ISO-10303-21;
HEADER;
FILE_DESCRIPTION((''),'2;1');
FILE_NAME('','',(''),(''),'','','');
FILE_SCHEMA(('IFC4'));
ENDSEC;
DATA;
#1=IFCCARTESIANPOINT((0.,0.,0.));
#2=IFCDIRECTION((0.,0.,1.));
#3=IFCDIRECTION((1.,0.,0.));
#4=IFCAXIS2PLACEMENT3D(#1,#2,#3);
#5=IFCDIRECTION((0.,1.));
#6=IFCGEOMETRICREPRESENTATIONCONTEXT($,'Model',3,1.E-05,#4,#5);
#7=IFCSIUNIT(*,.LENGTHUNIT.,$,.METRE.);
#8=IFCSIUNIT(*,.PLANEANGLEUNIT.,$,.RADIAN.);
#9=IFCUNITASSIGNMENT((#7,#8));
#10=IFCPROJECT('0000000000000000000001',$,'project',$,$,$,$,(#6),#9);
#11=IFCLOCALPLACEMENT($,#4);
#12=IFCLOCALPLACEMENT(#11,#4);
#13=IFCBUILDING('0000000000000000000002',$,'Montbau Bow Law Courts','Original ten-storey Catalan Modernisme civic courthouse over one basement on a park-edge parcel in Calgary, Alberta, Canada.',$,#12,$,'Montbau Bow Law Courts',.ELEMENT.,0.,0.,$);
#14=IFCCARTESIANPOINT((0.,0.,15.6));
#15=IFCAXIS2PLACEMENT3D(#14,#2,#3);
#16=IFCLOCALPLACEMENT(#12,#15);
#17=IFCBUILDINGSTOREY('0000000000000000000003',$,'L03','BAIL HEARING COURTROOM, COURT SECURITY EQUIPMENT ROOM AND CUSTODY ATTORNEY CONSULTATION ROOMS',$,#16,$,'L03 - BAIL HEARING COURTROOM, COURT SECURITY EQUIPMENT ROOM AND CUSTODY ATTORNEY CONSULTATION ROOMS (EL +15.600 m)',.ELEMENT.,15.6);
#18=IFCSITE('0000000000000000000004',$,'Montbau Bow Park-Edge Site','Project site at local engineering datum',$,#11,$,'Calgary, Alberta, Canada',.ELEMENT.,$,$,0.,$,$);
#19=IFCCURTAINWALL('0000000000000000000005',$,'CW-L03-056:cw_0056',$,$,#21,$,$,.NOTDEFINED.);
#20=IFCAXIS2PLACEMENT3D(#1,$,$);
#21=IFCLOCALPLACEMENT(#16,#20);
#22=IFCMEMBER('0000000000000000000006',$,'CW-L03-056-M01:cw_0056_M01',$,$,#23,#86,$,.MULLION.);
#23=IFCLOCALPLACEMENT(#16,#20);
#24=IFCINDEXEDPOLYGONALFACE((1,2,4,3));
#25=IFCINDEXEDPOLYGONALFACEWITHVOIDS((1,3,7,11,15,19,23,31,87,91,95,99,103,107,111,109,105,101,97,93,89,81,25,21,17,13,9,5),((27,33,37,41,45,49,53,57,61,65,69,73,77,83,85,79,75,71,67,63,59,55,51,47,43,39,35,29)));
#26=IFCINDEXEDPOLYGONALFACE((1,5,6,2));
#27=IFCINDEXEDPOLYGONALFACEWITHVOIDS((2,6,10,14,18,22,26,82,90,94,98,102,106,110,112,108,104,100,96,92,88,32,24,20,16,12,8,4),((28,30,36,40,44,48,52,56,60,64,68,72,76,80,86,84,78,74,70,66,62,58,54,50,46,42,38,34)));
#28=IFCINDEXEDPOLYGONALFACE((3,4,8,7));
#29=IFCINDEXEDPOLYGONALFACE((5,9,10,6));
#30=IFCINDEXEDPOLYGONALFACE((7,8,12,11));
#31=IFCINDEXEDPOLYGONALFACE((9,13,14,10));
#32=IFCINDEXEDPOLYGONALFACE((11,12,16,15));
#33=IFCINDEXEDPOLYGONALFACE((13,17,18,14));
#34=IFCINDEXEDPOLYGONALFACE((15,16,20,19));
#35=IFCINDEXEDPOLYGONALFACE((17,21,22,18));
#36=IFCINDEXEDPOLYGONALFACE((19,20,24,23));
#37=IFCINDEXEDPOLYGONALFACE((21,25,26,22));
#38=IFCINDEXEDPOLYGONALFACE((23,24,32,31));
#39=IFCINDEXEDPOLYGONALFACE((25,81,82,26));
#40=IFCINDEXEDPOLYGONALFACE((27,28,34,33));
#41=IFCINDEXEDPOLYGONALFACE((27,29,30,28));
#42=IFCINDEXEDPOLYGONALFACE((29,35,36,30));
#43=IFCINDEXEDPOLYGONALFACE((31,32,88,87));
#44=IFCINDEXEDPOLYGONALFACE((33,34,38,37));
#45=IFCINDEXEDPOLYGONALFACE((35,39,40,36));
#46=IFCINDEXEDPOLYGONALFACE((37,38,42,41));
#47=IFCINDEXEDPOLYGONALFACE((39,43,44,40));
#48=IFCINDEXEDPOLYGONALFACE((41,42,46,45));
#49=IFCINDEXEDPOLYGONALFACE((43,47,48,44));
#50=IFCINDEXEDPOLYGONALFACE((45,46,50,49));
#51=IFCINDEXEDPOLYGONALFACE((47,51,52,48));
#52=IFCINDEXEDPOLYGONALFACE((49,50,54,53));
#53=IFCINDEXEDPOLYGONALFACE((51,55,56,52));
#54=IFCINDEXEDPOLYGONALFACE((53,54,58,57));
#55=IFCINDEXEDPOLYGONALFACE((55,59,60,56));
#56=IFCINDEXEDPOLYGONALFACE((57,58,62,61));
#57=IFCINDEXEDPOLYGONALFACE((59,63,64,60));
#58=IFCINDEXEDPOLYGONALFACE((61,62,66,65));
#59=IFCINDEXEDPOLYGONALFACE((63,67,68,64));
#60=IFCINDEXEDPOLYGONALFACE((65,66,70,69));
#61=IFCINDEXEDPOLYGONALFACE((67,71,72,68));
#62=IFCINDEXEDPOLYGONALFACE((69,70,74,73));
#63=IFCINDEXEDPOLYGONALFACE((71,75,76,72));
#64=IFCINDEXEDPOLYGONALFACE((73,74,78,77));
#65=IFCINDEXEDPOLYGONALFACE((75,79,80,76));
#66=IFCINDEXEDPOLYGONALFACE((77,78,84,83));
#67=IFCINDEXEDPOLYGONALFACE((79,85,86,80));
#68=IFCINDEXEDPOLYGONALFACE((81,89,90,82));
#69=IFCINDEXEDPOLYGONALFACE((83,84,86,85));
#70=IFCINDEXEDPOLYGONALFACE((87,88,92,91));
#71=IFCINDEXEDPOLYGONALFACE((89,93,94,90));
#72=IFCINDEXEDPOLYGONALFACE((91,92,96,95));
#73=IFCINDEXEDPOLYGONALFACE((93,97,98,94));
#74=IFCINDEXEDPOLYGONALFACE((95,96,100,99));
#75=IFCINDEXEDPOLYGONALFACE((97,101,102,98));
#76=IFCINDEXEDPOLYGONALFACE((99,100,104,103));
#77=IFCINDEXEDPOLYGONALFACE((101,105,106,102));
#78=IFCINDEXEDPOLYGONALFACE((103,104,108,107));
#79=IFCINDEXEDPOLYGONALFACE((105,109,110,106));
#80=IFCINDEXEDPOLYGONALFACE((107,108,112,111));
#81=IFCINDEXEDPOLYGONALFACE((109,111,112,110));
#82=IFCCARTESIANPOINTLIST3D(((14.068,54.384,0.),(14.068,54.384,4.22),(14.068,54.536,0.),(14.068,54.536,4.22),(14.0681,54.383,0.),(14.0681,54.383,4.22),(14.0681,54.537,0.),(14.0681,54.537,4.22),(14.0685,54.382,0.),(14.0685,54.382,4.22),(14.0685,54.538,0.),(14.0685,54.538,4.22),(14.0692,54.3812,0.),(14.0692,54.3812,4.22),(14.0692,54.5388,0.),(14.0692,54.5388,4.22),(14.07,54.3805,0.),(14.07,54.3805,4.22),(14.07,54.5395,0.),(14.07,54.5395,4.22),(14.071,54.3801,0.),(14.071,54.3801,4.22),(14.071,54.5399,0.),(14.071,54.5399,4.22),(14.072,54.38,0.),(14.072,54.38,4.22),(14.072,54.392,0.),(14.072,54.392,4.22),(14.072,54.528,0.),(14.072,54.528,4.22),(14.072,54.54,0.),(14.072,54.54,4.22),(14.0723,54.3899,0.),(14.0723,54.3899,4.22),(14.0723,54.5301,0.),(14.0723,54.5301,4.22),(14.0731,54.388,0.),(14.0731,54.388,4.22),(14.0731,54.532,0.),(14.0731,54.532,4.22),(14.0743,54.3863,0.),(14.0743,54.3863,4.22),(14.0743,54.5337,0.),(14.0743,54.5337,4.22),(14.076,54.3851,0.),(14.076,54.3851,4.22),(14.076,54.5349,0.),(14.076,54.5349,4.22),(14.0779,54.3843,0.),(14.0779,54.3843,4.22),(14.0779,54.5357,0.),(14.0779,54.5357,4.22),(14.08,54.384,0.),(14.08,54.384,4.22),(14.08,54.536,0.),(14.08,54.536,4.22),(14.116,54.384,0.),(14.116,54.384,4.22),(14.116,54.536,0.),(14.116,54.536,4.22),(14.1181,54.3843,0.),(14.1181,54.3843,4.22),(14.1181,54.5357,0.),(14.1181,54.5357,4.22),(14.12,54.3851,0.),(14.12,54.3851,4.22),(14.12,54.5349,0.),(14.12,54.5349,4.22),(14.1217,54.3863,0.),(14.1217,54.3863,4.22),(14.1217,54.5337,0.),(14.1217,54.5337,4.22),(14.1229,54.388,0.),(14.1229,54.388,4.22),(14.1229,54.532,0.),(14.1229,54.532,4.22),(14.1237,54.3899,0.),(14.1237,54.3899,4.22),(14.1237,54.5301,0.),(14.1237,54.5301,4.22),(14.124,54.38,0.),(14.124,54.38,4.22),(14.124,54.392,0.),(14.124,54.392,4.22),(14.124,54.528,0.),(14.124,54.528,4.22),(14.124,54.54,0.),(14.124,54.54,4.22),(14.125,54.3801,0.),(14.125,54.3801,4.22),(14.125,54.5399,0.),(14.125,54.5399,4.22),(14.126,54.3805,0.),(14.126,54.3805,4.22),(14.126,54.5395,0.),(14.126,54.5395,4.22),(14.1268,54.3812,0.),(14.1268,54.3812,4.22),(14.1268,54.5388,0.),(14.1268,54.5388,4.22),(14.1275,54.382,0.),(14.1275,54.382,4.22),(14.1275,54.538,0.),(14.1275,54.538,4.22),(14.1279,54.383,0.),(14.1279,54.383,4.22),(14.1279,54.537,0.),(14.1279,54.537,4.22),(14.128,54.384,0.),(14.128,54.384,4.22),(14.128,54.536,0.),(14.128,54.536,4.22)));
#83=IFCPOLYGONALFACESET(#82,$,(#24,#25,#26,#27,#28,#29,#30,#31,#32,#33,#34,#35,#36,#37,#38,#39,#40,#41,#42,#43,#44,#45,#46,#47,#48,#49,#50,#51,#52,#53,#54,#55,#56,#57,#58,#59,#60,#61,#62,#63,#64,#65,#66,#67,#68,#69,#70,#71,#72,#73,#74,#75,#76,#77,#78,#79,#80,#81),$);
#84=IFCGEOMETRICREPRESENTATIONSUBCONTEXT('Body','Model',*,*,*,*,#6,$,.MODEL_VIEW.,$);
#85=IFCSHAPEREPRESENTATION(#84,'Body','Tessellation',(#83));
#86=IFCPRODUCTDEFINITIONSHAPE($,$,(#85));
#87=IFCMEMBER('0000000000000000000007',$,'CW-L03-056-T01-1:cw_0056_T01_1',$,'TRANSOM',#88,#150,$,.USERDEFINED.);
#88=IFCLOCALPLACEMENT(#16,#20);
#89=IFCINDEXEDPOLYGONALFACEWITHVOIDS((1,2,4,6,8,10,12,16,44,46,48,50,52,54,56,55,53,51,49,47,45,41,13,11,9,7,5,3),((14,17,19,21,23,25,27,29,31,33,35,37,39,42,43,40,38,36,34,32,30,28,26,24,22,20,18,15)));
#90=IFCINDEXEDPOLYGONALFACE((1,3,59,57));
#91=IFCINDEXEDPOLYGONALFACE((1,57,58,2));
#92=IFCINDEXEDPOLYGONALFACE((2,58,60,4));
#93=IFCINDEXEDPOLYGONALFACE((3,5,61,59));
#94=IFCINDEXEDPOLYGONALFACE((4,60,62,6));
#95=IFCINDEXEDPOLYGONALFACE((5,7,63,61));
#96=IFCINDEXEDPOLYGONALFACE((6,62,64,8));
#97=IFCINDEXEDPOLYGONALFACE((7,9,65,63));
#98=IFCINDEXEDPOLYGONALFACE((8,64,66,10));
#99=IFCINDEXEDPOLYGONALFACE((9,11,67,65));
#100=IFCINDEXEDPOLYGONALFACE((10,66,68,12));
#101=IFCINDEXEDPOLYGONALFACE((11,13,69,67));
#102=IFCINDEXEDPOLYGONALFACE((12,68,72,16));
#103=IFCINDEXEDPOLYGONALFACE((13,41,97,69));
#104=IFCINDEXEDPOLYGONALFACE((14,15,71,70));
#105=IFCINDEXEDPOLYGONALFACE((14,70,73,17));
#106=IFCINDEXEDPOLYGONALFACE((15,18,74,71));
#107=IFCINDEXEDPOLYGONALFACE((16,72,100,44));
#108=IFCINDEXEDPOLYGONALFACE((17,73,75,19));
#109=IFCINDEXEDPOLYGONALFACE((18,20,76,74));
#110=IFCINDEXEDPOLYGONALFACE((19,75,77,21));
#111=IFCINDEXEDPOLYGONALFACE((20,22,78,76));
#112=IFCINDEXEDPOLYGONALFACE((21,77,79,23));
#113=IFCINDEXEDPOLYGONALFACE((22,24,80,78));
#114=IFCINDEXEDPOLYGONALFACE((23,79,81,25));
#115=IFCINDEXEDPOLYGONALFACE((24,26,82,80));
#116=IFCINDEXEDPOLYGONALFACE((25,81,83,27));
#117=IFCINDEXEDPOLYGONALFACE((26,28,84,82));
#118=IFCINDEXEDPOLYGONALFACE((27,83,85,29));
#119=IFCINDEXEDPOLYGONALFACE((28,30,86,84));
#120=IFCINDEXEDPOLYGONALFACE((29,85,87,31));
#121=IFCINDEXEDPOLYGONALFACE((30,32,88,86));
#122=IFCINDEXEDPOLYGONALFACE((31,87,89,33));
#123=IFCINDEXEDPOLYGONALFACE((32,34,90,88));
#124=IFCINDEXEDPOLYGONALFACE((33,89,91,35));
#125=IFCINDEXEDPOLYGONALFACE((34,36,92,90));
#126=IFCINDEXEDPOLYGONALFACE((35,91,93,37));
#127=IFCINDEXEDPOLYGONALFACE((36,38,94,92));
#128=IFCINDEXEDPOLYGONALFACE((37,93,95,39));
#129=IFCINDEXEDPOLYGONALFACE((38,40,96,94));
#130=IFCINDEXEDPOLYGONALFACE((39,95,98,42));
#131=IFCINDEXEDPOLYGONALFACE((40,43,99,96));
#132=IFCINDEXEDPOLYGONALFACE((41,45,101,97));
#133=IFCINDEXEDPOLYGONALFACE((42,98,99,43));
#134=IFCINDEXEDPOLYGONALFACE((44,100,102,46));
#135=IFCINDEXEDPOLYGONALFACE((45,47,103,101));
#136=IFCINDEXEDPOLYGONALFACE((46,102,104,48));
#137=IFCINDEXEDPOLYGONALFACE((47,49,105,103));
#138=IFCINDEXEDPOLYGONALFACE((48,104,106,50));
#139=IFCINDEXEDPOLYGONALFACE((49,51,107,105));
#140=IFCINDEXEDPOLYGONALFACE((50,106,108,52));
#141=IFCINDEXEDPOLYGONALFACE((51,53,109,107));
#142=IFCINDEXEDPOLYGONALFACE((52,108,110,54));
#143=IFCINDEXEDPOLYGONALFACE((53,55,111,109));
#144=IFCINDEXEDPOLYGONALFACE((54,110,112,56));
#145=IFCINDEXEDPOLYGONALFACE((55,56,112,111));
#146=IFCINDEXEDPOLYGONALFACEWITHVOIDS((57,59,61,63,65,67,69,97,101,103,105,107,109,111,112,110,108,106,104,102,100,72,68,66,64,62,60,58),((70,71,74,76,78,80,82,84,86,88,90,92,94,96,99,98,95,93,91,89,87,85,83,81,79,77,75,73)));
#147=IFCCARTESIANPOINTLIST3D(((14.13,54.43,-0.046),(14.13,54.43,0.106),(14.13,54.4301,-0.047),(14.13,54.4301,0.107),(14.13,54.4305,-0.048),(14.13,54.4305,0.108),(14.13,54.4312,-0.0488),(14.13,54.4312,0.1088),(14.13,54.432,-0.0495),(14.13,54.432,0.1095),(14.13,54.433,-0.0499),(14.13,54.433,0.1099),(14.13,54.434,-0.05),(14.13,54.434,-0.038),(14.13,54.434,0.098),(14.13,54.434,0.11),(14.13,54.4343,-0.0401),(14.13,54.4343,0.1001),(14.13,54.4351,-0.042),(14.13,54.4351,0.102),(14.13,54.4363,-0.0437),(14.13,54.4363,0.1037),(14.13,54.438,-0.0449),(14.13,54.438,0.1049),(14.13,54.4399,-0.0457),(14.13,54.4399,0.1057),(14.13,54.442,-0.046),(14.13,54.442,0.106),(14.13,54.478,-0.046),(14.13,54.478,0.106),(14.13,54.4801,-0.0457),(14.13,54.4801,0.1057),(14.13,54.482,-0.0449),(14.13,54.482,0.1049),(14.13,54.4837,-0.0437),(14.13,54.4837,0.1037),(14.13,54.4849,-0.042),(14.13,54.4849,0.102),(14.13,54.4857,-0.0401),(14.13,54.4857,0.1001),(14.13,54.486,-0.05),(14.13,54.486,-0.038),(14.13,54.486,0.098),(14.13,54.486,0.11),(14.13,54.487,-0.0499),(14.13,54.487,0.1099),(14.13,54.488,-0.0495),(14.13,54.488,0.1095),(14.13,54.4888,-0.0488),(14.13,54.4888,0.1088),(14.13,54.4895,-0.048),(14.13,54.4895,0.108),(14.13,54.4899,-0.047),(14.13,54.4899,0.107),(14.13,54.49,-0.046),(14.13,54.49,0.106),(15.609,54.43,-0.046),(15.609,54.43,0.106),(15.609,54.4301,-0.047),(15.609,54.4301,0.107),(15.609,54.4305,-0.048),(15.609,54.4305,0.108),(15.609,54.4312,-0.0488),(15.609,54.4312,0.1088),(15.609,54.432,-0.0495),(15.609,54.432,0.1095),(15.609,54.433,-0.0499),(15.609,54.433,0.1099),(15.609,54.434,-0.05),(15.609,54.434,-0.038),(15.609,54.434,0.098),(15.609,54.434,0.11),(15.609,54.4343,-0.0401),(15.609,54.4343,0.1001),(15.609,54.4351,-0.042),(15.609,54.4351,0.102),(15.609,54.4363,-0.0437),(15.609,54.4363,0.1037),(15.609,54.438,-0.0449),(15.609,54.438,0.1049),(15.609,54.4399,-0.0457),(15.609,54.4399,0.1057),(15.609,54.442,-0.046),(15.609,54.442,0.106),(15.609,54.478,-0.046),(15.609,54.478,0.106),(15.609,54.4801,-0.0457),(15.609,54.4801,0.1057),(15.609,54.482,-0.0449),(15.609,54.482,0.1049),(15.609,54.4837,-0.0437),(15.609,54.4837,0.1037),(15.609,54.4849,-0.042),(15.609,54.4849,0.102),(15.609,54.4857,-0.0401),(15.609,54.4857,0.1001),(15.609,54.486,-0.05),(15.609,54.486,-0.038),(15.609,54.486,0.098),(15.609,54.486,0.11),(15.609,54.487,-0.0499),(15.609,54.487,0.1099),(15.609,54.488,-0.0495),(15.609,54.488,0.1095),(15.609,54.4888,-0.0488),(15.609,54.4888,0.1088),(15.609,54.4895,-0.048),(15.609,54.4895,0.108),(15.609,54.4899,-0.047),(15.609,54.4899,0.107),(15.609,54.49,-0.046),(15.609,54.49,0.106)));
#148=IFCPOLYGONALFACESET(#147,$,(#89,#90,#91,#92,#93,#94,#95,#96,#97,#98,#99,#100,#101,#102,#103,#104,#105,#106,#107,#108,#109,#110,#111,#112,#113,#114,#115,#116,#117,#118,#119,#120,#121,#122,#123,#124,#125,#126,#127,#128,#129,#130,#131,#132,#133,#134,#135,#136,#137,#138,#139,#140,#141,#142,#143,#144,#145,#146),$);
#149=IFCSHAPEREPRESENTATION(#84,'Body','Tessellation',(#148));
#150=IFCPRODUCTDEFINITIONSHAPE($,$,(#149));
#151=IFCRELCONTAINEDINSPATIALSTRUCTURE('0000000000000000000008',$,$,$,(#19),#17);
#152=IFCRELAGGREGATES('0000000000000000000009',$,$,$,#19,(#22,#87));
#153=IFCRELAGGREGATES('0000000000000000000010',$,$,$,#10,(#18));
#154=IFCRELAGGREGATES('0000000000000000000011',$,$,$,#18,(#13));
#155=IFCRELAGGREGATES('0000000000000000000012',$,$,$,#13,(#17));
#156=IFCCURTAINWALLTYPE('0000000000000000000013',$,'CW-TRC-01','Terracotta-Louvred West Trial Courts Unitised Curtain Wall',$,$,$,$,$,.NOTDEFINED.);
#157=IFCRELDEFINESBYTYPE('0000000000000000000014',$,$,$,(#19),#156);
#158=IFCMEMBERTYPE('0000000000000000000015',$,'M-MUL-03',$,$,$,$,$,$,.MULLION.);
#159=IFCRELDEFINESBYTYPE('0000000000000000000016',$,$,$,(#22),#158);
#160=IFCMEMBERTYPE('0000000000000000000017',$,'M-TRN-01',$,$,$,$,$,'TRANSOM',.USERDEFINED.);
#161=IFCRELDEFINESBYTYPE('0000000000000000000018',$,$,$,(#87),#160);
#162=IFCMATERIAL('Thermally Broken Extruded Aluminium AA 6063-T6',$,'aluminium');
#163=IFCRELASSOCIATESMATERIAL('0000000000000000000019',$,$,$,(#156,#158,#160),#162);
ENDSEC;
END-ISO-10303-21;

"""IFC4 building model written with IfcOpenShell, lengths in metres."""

from ifc_helpers import new_model, si_unit, direction, frame, origin_with_axes, origin_2d_with_axis, place, context, subcontext, project, spatial, hollow_rectangle, extrude, material, material_profile, profile_set, type_object, element, aggregate, save


model = new_model("IFC4")

# Units and contexts
model_context = context("Model", 3, precision=1e-05, world=origin_with_axes(), true_north=direction((0.0, 1.0)))
body_context = subcontext(model_context, "Body", "Model", "MODEL_VIEW")
ifc_project = project(units=[si_unit("LENGTHUNIT", "METRE"), si_unit("PLANEANGLEUNIT", "RADIAN")], contexts=[model_context])

# Site, building, storey
site_placement = place(None, origin_with_axes())
site = spatial("IfcSite", under=ifc_project, at=site_placement, Name="Montbau Bow Park-Edge Site", Description="Project site at local engineering datum", LongName="Calgary, Alberta, Canada", CompositionType="ELEMENT", RefElevation=0.0)
building_placement = place(site_placement, origin_with_axes())
building = spatial("IfcBuilding", under=site, at=building_placement, Name="Montbau Bow Law Courts", Description="Original ten-storey Catalan Modernisme civic courthouse over one basement on a park-edge parcel in Calgary, Alberta, Canada.", LongName="Montbau Bow Law Courts", CompositionType="ELEMENT", ElevationOfRefHeight=0.0, ElevationOfTerrain=0.0)
storey_placement = place(building_placement, frame((0.0, 0.0, 15.6), z_axis=(0.0, 0.0, 1.0), x_axis=(1.0, 0.0, 0.0)))
storey = spatial("IfcBuildingStorey", under=building, at=storey_placement, Name="L03", Description="BAIL HEARING COURTROOM, COURT SECURITY EQUIPMENT ROOM AND CUSTODY ATTORNEY CONSULTATION ROOMS", LongName="L03 - BAIL HEARING COURTROOM, COURT SECURITY EQUIPMENT ROOM AND CUSTODY ATTORNEY CONSULTATION ROOMS (EL +15.600 m)", CompositionType="ELEMENT", Elevation=15.6)

# Curtain wall, members
ifc_material_1 = material(Name="Thermally Broken Extruded Aluminium AA 6063-T6", Category="aluminium")
curtain_wall_type = type_object("IfcCurtainWallType", Name="CW-TRC-01", Description="Terracotta-Louvred West Trial Courts Unitised Curtain Wall", PredefinedType="NOTDEFINED", material=ifc_material_1)
curtain_wall_1_placement = place(None, frame((14.068, 54.46, 15.6), z_axis=(0.0, 0.0, 1.0), x_axis=(1.0, 0.0, 0.0)))
curtain_wall_1 = element("IfcCurtainWall", 1, at=curtain_wall_1_placement, inside=storey, type_object=curtain_wall_type, Name="CW-L03-056:cw_0056", PredefinedType="NOTDEFINED")
ifc_material_profile_1 = material_profile(ifc_material_1, hollow_rectangle(XDim=0.06, YDim=0.16, WallThickness=0.004, InnerFilletRadius=0.008, OuterFilletRadius=0.004, at=origin_2d_with_axis()), Name="CWM-160X60", Category="Main", Priority=0)
ifc_profile_set_1 = profile_set([ifc_material_profile_1], Name="Thermally Broken Extruded Aluminium AA 6063-T6")
member_type_1 = type_object("IfcMemberType", Name="M-MUL-03", PredefinedType="MULLION", material=ifc_profile_set_1)
member_1_placement = place(None, frame((14.098, 54.46, 15.6), z_axis=(0.0, 0.0, 1.0), x_axis=(1.0, 0.0, 0.0)))
member_1 = element("IfcMember", 2, at=member_1_placement, type_object=member_type_1, Name="CW-L03-056-M01:cw_0056_M01", PredefinedType="MULLION", context=body_context, shape_type="SweptSolid", body=[
    extrude(hollow_rectangle(XDim=0.06, YDim=0.16, WallThickness=0.004, InnerFilletRadius=0.008, OuterFilletRadius=0.004, at=origin_2d_with_axis()), origin_with_axes(), (0.0, 0.0, 1.0), 4.22),
])
ifc_material_profile_2 = material_profile(ifc_material_1, hollow_rectangle(XDim=0.06, YDim=0.16, WallThickness=0.004, InnerFilletRadius=0.008, OuterFilletRadius=0.004, at=origin_2d_with_axis()), Name="CWT-160X60", Category="Main", Priority=0)
ifc_profile_set_2 = profile_set([ifc_material_profile_2], Name="Thermally Broken Extruded Aluminium AA 6063-T6")
member_type_2 = type_object("IfcMemberType", Name="M-TRN-01", ElementType="TRANSOM", PredefinedType="USERDEFINED", material=ifc_profile_set_2)
member_2_placement = place(None, frame((14.13, 54.46, 15.63), z_axis=(1.0, 0.0, 0.0), x_axis=(0.0, 1.0, 0.0)))
member_2 = element("IfcMember", 3, at=member_2_placement, type_object=member_type_2, Name="CW-L03-056-T01-1:cw_0056_T01_1", ObjectType="TRANSOM", PredefinedType="USERDEFINED", context=body_context, shape_type="SweptSolid", body=[
    extrude(hollow_rectangle(XDim=0.06, YDim=0.16, WallThickness=0.004, InnerFilletRadius=0.008, OuterFilletRadius=0.004, at=origin_2d_with_axis()), origin_with_axes(), (0.0, 0.0, 1.0), 1.479),
])

aggregate(curtain_wall_1, [member_1, member_2])

save(model, "model.ifc")
